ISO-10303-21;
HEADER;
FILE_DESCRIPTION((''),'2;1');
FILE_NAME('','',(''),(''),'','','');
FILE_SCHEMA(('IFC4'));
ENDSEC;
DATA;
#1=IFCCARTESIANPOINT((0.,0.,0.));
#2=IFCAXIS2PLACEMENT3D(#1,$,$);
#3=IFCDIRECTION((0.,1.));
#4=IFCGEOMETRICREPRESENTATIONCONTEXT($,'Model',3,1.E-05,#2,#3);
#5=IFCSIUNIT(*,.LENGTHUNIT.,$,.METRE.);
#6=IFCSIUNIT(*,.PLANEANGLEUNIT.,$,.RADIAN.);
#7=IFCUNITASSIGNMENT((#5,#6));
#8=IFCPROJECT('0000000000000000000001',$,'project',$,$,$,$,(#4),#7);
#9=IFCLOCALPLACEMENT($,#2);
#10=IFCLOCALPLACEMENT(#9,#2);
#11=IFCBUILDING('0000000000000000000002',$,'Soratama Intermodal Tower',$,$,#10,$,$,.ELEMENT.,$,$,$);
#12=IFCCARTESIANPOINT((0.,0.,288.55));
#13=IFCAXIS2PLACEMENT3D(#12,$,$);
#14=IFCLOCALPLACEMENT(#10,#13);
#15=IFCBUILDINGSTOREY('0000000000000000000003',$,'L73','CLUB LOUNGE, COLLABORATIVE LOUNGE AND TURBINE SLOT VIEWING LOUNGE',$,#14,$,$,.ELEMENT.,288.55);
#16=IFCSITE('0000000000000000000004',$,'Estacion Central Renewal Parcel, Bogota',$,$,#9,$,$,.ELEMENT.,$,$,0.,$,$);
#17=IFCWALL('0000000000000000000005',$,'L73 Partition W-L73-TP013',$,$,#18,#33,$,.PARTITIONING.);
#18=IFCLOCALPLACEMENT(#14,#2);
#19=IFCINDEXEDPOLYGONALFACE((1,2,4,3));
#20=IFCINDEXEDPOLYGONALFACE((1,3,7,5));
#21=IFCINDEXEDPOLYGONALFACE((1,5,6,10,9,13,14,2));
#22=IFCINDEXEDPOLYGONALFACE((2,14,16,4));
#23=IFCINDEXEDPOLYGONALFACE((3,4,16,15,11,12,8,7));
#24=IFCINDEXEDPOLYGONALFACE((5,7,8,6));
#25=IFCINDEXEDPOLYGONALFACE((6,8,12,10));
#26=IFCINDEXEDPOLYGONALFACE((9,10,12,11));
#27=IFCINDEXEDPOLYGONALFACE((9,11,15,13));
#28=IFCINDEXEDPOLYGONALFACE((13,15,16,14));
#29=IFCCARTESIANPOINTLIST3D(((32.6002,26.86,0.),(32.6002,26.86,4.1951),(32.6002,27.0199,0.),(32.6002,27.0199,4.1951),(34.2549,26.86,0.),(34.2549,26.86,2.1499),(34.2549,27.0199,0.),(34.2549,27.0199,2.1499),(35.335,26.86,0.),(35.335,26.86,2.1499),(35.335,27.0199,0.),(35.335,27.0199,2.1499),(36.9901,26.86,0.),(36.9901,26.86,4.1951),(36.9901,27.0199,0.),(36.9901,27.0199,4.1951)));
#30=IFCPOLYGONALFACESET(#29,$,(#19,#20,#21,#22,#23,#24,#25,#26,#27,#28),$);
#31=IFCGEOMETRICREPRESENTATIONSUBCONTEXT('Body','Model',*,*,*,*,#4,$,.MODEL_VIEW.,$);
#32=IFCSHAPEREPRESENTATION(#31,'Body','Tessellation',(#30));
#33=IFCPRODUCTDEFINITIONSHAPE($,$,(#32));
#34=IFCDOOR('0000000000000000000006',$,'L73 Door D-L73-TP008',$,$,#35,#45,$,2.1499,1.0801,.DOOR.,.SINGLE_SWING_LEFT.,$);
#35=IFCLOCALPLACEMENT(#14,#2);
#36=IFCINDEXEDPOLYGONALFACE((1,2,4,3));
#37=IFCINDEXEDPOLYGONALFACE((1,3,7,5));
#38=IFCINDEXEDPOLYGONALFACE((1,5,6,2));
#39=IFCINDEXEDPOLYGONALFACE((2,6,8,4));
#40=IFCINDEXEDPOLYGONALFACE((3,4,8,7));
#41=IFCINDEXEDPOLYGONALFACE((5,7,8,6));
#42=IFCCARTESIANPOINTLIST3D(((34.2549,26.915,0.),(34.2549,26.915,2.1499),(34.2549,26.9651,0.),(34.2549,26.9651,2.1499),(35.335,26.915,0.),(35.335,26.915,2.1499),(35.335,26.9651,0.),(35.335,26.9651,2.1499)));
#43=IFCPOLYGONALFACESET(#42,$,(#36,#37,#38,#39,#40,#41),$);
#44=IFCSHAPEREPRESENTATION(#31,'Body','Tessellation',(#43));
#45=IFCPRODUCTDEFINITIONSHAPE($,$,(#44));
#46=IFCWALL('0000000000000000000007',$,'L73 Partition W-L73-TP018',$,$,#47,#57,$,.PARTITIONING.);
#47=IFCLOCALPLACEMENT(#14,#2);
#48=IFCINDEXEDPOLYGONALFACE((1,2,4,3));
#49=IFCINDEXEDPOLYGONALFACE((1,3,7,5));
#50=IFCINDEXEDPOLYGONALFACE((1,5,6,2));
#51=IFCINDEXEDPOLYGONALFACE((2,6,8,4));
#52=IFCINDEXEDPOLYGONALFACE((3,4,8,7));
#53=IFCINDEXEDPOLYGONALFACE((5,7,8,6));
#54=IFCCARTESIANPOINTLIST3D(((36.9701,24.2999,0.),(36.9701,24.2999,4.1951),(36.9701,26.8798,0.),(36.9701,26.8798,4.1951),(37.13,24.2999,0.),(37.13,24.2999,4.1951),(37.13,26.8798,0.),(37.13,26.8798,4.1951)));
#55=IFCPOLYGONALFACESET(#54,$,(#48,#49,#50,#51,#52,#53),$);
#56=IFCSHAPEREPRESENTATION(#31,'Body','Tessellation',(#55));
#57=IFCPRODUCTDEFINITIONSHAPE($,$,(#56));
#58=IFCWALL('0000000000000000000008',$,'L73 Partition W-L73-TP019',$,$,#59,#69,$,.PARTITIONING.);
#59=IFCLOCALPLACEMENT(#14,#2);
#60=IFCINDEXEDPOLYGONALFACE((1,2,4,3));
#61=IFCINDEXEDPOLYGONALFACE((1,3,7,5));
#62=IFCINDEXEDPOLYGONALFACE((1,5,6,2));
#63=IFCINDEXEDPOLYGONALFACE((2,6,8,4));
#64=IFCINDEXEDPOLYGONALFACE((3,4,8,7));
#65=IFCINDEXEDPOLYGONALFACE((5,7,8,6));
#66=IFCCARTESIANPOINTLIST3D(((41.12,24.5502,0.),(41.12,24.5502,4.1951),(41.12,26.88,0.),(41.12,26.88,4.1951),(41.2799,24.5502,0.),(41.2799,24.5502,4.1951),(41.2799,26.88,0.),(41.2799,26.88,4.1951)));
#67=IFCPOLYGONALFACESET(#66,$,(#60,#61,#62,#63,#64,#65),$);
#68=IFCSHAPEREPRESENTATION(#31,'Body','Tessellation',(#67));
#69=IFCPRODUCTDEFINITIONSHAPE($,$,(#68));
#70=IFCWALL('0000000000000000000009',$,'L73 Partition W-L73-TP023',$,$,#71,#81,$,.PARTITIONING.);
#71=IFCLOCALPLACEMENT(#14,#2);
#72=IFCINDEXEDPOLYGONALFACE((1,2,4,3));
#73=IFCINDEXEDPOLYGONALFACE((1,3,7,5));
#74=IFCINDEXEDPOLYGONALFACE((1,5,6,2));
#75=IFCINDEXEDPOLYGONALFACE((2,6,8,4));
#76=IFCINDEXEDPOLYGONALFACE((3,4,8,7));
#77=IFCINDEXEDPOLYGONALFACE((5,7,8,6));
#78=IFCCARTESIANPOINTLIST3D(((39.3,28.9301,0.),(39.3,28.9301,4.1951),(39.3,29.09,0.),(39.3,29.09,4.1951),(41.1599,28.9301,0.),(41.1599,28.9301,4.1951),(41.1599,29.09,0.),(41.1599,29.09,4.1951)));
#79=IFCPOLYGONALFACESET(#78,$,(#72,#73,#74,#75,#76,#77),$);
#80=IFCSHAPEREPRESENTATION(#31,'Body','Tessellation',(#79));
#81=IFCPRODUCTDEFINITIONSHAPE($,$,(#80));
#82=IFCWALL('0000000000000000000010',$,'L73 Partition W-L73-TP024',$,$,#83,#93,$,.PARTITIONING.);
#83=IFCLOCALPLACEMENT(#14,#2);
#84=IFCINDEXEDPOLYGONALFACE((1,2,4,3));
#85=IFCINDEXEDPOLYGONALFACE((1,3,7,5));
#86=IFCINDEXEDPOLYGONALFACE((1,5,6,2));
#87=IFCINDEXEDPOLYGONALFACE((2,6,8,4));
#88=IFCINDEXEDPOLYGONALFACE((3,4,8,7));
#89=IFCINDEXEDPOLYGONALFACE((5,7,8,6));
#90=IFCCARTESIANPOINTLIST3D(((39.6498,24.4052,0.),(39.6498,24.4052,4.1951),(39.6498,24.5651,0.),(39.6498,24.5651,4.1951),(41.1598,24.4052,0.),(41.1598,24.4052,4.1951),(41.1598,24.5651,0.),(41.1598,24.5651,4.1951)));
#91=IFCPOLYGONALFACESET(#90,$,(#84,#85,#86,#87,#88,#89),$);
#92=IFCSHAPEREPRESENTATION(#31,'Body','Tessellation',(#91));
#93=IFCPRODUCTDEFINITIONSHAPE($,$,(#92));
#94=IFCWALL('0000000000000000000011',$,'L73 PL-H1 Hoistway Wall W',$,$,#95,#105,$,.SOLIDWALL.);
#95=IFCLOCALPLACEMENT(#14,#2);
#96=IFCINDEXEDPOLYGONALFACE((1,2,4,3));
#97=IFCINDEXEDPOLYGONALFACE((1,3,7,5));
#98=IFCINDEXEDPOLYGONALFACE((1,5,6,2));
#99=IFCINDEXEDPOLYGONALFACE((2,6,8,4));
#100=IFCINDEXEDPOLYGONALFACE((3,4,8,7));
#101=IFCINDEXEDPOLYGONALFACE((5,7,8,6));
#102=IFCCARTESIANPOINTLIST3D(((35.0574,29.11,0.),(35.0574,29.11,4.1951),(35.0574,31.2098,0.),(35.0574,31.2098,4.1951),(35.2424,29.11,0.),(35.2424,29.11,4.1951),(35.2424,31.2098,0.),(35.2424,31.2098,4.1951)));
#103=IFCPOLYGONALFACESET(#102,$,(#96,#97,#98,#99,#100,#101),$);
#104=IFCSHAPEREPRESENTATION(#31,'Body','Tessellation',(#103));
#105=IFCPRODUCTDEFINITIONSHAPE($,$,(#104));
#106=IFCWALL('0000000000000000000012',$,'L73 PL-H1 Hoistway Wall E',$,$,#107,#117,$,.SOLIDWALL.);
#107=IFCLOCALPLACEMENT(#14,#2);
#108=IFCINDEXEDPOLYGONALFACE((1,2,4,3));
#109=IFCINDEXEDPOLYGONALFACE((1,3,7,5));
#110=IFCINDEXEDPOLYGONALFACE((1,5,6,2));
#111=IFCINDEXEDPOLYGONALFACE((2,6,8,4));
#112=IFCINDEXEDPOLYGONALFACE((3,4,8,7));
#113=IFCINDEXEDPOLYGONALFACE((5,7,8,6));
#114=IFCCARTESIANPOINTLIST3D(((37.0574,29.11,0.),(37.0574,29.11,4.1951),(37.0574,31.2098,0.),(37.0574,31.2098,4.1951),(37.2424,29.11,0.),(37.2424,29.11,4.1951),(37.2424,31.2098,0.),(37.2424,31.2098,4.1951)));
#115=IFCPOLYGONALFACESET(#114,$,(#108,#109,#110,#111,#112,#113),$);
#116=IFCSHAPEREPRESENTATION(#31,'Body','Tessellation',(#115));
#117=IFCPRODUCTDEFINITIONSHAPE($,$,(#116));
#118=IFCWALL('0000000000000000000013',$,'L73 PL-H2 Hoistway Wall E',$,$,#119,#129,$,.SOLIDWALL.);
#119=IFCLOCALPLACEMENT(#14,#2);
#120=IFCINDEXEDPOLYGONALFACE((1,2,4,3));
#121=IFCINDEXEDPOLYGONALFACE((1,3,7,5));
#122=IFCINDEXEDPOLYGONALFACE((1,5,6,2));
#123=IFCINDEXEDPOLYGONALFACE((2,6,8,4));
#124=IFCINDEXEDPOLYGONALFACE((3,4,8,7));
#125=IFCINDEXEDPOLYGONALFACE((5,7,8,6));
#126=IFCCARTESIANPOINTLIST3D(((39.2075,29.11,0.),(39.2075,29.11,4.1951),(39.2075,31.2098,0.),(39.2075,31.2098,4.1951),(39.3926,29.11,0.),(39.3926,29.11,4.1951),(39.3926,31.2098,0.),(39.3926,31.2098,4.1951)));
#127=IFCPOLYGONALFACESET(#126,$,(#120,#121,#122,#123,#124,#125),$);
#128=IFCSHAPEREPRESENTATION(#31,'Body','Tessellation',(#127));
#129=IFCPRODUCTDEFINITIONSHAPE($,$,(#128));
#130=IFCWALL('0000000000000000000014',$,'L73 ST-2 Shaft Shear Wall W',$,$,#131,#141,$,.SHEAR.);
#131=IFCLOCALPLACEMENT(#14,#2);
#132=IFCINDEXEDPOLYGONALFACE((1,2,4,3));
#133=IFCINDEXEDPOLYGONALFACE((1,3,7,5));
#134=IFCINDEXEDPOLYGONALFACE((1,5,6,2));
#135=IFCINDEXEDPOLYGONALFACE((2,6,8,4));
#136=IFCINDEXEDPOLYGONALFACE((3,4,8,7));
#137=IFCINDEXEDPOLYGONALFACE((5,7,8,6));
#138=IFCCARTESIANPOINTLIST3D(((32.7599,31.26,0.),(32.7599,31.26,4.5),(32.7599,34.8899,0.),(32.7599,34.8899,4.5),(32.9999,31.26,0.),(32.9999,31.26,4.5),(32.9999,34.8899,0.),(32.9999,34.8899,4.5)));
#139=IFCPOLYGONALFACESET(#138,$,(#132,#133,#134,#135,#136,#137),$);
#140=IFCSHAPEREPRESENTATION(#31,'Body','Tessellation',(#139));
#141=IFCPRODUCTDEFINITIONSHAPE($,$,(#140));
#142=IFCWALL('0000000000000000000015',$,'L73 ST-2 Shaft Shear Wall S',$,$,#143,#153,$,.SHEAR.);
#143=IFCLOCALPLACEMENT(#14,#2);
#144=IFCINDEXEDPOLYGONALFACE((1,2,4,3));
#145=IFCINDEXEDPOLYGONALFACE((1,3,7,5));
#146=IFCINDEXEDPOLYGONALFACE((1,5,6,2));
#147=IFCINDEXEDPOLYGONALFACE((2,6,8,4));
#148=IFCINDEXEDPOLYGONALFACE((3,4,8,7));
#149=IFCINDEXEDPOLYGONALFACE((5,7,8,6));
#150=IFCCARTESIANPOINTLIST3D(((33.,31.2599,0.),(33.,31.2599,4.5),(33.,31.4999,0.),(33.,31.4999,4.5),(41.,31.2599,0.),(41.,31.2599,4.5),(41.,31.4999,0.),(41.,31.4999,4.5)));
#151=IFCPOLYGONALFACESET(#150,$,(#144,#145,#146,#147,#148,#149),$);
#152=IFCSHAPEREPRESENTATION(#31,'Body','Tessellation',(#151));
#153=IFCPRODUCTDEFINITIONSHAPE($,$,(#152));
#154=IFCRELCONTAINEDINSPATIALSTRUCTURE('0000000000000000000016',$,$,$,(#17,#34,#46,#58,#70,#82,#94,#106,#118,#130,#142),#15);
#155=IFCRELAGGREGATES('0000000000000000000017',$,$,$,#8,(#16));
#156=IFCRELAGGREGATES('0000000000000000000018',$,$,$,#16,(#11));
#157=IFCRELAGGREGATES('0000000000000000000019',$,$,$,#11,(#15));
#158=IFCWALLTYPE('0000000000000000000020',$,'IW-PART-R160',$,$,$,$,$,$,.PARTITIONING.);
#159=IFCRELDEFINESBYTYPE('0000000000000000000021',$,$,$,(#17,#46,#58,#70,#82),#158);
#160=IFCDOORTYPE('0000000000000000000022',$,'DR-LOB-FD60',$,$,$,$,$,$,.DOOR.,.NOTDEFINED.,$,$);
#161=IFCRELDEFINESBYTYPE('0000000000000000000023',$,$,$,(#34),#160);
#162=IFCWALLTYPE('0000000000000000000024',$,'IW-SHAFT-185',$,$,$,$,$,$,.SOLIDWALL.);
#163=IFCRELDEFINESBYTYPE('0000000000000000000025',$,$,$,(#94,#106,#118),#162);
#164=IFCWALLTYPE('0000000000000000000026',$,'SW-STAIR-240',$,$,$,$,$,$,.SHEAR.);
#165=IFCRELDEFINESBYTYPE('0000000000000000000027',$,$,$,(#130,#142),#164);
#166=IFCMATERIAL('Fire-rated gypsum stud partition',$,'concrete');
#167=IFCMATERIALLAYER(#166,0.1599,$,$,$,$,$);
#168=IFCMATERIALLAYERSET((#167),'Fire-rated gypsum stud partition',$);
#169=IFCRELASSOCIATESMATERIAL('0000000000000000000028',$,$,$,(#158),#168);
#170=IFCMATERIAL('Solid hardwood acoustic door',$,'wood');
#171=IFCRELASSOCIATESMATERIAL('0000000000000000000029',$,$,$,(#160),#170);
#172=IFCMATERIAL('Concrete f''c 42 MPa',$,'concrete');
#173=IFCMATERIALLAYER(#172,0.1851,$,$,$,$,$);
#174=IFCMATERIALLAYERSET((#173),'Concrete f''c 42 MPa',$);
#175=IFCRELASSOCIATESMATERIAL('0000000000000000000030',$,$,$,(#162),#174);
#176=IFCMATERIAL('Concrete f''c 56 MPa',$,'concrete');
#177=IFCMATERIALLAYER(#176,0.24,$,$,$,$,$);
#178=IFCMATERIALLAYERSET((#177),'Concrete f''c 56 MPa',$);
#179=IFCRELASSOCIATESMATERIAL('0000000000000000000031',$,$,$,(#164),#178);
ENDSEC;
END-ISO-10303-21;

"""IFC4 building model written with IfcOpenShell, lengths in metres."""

from ifc_helpers import new_model, si_unit, direction, frame, frame_2d, origin, place, context, subcontext, project, spatial, rectangle, extrude, material, layer, layer_set, type_object, element, fill, save


model = new_model("IFC4")

# Units and contexts
model_context = context("Model", 3, precision=1e-05, world=origin(), true_north=direction((0.0, 1.0)))
body_context = subcontext(model_context, "Body", "Model", "MODEL_VIEW")
ifc_project = project(units=[si_unit("LENGTHUNIT", "METRE"), si_unit("PLANEANGLEUNIT", "RADIAN")], contexts=[model_context])

# Site, building, storey
site_placement = place(None, origin())
site = spatial("IfcSite", under=ifc_project, at=site_placement, Name="Estacion Central Renewal Parcel, Bogota", CompositionType="ELEMENT", RefElevation=0.0)
building_placement = place(site_placement, origin())
building = spatial("IfcBuilding", under=site, at=building_placement, Name="Soratama Intermodal Tower", CompositionType="ELEMENT")
storey_placement = place(building_placement, frame((0.0, 0.0, 288.55)))
storey = spatial("IfcBuildingStorey", under=building, at=storey_placement, Name="L73", Description="CLUB LOUNGE, COLLABORATIVE LOUNGE AND TURBINE SLOT VIEWING LOUNGE", CompositionType="ELEMENT", Elevation=288.55)

# Wall, opening, door
ifc_material_1 = material(Name="Fire-rated gypsum stud partition", Category="concrete")
ifc_layer_1 = layer(ifc_material_1, 0.1599)
ifc_layer_set_1 = layer_set([ifc_layer_1], Name="Fire-rated gypsum stud partition")
wall_type_1 = type_object("IfcWallType", Name="IW-PART-R160", PredefinedType="PARTITIONING", material=ifc_layer_set_1)
wall_1_placement = place(storey_placement, frame((36.99, 26.9399, 0.0), z_axis=(0.0, 0.0, 1.0), x_axis=(-1.0, 0.0, 0.0)))
wall_1 = element("IfcWall", 1, at=wall_1_placement, inside=storey, type_object=wall_type_1, Name="L73 Partition W-L73-TP013", PredefinedType="PARTITIONING", context=body_context, shape_type="SweptSolid", body=[
    extrude(rectangle(XDim=4.3899, YDim=0.1599, at=frame_2d((2.1948, 0.0))), origin(), (0.0, 0.0, 1.0), 4.1951),
])
opening_1_placement = place(wall_1_placement, frame((1.655, 0.0, 0.0)))
opening_1 = element("IfcOpeningElement", 2, at=opening_1_placement, cuts=wall_1, PredefinedType="OPENING", context=body_context, shape_type="SweptSolid", body=[
    extrude(rectangle(XDim=1.0801, YDim=2.1499, at=frame_2d((0.54, 1.075))), frame((0.0, 0.0898, 0.0), z_axis=(0.0, -1.0, 0.0), x_axis=(1.0, 0.0, 0.0)), (0.0, 0.0, 1.0), 0.1799),
])
ifc_material_2 = material(Name="Solid hardwood acoustic door", Category="wood")
door_type_1 = type_object("IfcDoorType", Name="DR-LOB-FD60", OperationType="NOTDEFINED", PredefinedType="DOOR", material=ifc_material_2)
door_1_placement = place(opening_1_placement, origin())
door_1 = element("IfcDoor", 3, at=door_1_placement, inside=storey, type_object=door_type_1, Name="L73 Door D-L73-TP008", OperationType="SINGLE_SWING_LEFT", OverallHeight=2.1499, OverallWidth=1.0801, PredefinedType="DOOR", context=body_context, shape_type="SweptSolid", body=[
    extrude(rectangle(XDim=1.0801, YDim=2.1499, at=frame_2d((0.54, 1.075))), frame((0.0, 0.0249, 0.0), z_axis=(0.0, -1.0, 0.0), x_axis=(1.0, 0.0, 0.0)), (0.0, 0.0, 1.0), 0.05),
])
fill(opening_1, door_1)

# Walls
wall_2_placement = place(storey_placement, frame((37.05, 26.8799, 0.0), z_axis=(0.0, 0.0, 1.0), x_axis=(0.0, -1.0, 0.0)))
element("IfcWall", 4, at=wall_2_placement, inside=storey, type_object=wall_type_1, Name="L73 Partition W-L73-TP018", PredefinedType="PARTITIONING", context=body_context, shape_type="SweptSolid", body=[
    extrude(rectangle(XDim=2.5798, YDim=0.1599, at=frame_2d((1.29, 0.0))), origin(), (0.0, 0.0, 1.0), 4.1951),
])
wall_3_placement = place(storey_placement, frame((41.2, 24.55, 0.0), z_axis=(0.0, 0.0, 1.0), x_axis=(0.0, 1.0, 0.0)))
element("IfcWall", 5, at=wall_3_placement, inside=storey, type_object=wall_type_1, Name="L73 Partition W-L73-TP019", PredefinedType="PARTITIONING", context=body_context, shape_type="SweptSolid", body=[
    extrude(rectangle(XDim=2.3298, YDim=0.1599, at=frame_2d((1.165, 0.0))), origin(), (0.0, 0.0, 1.0), 4.1951),
])

# Walls
wall_4_placement = place(storey_placement, frame((39.3, 29.01, 0.0), z_axis=(0.0, 0.0, 1.0), x_axis=(1.0, 0.0, 0.0)))
element("IfcWall", 6, at=wall_4_placement, inside=storey, type_object=wall_type_1, Name="L73 Partition W-L73-TP023", PredefinedType="PARTITIONING", context=body_context, shape_type="SweptSolid", body=[
    extrude(rectangle(XDim=1.8599, YDim=0.1599, at=frame_2d((0.9299, 0.0))), origin(), (0.0, 0.0, 1.0), 4.1951),
])
wall_5_placement = place(storey_placement, frame((39.6499, 24.4851, 0.0), z_axis=(0.0, 0.0, 1.0), x_axis=(1.0, 0.0, 0.0)))
element("IfcWall", 7, at=wall_5_placement, inside=storey, type_object=wall_type_1, Name="L73 Partition W-L73-TP024", PredefinedType="PARTITIONING", context=body_context, shape_type="SweptSolid", body=[
    extrude(rectangle(XDim=1.51, YDim=0.1599, at=frame_2d((0.7549, 0.0))), origin(), (0.0, 0.0, 1.0), 4.1951),
])

# Shared definitions
ifc_material_3 = material(Name="Concrete f'c 42 MPa", Category="concrete")
ifc_layer_2 = layer(ifc_material_3, 0.1851)
ifc_layer_set_2 = layer_set([ifc_layer_2], Name="Concrete f'c 42 MPa")
wall_type_2 = type_object("IfcWallType", Name="IW-SHAFT-185", PredefinedType="SOLIDWALL", material=ifc_layer_set_2)

# Walls
for number, where, z_axis, x_axis, name in (
    (8, (35.1499, 29.1101, 0.0), (0.0, 0.0, 1.0), (0.0, 1.0, 0.0), "L73 PL-H1 Hoistway Wall W"),
    (9, (37.1499, 29.1101, 0.0), (0.0, 0.0, 1.0), (0.0, 1.0, 0.0), "L73 PL-H1 Hoistway Wall E"),
):
    element("IfcWall", number, at=place(storey_placement, frame(where, z_axis=z_axis, x_axis=x_axis)), inside=storey, type_object=wall_type_2, Name=name, PredefinedType="SOLIDWALL", context=body_context, shape_type="SweptSolid", body=[
        extrude(rectangle(XDim=2.0999, YDim=0.1851, at=frame_2d((1.0498, 0.0))), origin(), (0.0, 0.0, 1.0), 4.1951),
    ])

# Walls
wall_6_placement = place(storey_placement, frame((39.3, 29.1101, 0.0), z_axis=(0.0, 0.0, 1.0), x_axis=(0.0, 1.0, 0.0)))
element("IfcWall", 10, at=wall_6_placement, inside=storey, type_object=wall_type_2, Name="L73 PL-H2 Hoistway Wall E", PredefinedType="SOLIDWALL", context=body_context, shape_type="SweptSolid", body=[
    extrude(rectangle(XDim=2.0999, YDim=0.1851, at=frame_2d((1.0498, 0.0))), origin(), (0.0, 0.0, 1.0), 4.1951),
])
ifc_material_4 = material(Name="Concrete f'c 56 MPa", Category="concrete")
ifc_layer_3 = layer(ifc_material_4, 0.24)
ifc_layer_set_3 = layer_set([ifc_layer_3], Name="Concrete f'c 56 MPa")
wall_type_3 = type_object("IfcWallType", Name="SW-STAIR-240", PredefinedType="SHEAR", material=ifc_layer_set_3)
wall_7_placement = place(storey_placement, frame((32.8799, 31.26, 0.0), z_axis=(0.0, 0.0, 1.0), x_axis=(0.0, 1.0, 0.0)))
element("IfcWall", 11, at=wall_7_placement, inside=storey, type_object=wall_type_3, Name="L73 ST-2 Shaft Shear Wall W", PredefinedType="SHEAR", context=body_context, shape_type="SweptSolid", body=[
    extrude(rectangle(XDim=3.6299, YDim=0.24, at=frame_2d((1.8149, 0.0))), origin(), (0.0, 0.0, 1.0), 4.5),
])

# Wall
wall_8_placement = place(storey_placement, frame((33.0, 31.3799, 0.0), z_axis=(0.0, 0.0, 1.0), x_axis=(1.0, 0.0, 0.0)))
element("IfcWall", 12, at=wall_8_placement, inside=storey, type_object=wall_type_3, Name="L73 ST-2 Shaft Shear Wall S", PredefinedType="SHEAR", context=body_context, shape_type="SweptSolid", body=[
    extrude(rectangle(XDim=8.0, YDim=0.24, at=frame_2d((4.0, 0.0))), origin(), (0.0, 0.0, 1.0), 4.5),
])

save(model, "model.ifc")
